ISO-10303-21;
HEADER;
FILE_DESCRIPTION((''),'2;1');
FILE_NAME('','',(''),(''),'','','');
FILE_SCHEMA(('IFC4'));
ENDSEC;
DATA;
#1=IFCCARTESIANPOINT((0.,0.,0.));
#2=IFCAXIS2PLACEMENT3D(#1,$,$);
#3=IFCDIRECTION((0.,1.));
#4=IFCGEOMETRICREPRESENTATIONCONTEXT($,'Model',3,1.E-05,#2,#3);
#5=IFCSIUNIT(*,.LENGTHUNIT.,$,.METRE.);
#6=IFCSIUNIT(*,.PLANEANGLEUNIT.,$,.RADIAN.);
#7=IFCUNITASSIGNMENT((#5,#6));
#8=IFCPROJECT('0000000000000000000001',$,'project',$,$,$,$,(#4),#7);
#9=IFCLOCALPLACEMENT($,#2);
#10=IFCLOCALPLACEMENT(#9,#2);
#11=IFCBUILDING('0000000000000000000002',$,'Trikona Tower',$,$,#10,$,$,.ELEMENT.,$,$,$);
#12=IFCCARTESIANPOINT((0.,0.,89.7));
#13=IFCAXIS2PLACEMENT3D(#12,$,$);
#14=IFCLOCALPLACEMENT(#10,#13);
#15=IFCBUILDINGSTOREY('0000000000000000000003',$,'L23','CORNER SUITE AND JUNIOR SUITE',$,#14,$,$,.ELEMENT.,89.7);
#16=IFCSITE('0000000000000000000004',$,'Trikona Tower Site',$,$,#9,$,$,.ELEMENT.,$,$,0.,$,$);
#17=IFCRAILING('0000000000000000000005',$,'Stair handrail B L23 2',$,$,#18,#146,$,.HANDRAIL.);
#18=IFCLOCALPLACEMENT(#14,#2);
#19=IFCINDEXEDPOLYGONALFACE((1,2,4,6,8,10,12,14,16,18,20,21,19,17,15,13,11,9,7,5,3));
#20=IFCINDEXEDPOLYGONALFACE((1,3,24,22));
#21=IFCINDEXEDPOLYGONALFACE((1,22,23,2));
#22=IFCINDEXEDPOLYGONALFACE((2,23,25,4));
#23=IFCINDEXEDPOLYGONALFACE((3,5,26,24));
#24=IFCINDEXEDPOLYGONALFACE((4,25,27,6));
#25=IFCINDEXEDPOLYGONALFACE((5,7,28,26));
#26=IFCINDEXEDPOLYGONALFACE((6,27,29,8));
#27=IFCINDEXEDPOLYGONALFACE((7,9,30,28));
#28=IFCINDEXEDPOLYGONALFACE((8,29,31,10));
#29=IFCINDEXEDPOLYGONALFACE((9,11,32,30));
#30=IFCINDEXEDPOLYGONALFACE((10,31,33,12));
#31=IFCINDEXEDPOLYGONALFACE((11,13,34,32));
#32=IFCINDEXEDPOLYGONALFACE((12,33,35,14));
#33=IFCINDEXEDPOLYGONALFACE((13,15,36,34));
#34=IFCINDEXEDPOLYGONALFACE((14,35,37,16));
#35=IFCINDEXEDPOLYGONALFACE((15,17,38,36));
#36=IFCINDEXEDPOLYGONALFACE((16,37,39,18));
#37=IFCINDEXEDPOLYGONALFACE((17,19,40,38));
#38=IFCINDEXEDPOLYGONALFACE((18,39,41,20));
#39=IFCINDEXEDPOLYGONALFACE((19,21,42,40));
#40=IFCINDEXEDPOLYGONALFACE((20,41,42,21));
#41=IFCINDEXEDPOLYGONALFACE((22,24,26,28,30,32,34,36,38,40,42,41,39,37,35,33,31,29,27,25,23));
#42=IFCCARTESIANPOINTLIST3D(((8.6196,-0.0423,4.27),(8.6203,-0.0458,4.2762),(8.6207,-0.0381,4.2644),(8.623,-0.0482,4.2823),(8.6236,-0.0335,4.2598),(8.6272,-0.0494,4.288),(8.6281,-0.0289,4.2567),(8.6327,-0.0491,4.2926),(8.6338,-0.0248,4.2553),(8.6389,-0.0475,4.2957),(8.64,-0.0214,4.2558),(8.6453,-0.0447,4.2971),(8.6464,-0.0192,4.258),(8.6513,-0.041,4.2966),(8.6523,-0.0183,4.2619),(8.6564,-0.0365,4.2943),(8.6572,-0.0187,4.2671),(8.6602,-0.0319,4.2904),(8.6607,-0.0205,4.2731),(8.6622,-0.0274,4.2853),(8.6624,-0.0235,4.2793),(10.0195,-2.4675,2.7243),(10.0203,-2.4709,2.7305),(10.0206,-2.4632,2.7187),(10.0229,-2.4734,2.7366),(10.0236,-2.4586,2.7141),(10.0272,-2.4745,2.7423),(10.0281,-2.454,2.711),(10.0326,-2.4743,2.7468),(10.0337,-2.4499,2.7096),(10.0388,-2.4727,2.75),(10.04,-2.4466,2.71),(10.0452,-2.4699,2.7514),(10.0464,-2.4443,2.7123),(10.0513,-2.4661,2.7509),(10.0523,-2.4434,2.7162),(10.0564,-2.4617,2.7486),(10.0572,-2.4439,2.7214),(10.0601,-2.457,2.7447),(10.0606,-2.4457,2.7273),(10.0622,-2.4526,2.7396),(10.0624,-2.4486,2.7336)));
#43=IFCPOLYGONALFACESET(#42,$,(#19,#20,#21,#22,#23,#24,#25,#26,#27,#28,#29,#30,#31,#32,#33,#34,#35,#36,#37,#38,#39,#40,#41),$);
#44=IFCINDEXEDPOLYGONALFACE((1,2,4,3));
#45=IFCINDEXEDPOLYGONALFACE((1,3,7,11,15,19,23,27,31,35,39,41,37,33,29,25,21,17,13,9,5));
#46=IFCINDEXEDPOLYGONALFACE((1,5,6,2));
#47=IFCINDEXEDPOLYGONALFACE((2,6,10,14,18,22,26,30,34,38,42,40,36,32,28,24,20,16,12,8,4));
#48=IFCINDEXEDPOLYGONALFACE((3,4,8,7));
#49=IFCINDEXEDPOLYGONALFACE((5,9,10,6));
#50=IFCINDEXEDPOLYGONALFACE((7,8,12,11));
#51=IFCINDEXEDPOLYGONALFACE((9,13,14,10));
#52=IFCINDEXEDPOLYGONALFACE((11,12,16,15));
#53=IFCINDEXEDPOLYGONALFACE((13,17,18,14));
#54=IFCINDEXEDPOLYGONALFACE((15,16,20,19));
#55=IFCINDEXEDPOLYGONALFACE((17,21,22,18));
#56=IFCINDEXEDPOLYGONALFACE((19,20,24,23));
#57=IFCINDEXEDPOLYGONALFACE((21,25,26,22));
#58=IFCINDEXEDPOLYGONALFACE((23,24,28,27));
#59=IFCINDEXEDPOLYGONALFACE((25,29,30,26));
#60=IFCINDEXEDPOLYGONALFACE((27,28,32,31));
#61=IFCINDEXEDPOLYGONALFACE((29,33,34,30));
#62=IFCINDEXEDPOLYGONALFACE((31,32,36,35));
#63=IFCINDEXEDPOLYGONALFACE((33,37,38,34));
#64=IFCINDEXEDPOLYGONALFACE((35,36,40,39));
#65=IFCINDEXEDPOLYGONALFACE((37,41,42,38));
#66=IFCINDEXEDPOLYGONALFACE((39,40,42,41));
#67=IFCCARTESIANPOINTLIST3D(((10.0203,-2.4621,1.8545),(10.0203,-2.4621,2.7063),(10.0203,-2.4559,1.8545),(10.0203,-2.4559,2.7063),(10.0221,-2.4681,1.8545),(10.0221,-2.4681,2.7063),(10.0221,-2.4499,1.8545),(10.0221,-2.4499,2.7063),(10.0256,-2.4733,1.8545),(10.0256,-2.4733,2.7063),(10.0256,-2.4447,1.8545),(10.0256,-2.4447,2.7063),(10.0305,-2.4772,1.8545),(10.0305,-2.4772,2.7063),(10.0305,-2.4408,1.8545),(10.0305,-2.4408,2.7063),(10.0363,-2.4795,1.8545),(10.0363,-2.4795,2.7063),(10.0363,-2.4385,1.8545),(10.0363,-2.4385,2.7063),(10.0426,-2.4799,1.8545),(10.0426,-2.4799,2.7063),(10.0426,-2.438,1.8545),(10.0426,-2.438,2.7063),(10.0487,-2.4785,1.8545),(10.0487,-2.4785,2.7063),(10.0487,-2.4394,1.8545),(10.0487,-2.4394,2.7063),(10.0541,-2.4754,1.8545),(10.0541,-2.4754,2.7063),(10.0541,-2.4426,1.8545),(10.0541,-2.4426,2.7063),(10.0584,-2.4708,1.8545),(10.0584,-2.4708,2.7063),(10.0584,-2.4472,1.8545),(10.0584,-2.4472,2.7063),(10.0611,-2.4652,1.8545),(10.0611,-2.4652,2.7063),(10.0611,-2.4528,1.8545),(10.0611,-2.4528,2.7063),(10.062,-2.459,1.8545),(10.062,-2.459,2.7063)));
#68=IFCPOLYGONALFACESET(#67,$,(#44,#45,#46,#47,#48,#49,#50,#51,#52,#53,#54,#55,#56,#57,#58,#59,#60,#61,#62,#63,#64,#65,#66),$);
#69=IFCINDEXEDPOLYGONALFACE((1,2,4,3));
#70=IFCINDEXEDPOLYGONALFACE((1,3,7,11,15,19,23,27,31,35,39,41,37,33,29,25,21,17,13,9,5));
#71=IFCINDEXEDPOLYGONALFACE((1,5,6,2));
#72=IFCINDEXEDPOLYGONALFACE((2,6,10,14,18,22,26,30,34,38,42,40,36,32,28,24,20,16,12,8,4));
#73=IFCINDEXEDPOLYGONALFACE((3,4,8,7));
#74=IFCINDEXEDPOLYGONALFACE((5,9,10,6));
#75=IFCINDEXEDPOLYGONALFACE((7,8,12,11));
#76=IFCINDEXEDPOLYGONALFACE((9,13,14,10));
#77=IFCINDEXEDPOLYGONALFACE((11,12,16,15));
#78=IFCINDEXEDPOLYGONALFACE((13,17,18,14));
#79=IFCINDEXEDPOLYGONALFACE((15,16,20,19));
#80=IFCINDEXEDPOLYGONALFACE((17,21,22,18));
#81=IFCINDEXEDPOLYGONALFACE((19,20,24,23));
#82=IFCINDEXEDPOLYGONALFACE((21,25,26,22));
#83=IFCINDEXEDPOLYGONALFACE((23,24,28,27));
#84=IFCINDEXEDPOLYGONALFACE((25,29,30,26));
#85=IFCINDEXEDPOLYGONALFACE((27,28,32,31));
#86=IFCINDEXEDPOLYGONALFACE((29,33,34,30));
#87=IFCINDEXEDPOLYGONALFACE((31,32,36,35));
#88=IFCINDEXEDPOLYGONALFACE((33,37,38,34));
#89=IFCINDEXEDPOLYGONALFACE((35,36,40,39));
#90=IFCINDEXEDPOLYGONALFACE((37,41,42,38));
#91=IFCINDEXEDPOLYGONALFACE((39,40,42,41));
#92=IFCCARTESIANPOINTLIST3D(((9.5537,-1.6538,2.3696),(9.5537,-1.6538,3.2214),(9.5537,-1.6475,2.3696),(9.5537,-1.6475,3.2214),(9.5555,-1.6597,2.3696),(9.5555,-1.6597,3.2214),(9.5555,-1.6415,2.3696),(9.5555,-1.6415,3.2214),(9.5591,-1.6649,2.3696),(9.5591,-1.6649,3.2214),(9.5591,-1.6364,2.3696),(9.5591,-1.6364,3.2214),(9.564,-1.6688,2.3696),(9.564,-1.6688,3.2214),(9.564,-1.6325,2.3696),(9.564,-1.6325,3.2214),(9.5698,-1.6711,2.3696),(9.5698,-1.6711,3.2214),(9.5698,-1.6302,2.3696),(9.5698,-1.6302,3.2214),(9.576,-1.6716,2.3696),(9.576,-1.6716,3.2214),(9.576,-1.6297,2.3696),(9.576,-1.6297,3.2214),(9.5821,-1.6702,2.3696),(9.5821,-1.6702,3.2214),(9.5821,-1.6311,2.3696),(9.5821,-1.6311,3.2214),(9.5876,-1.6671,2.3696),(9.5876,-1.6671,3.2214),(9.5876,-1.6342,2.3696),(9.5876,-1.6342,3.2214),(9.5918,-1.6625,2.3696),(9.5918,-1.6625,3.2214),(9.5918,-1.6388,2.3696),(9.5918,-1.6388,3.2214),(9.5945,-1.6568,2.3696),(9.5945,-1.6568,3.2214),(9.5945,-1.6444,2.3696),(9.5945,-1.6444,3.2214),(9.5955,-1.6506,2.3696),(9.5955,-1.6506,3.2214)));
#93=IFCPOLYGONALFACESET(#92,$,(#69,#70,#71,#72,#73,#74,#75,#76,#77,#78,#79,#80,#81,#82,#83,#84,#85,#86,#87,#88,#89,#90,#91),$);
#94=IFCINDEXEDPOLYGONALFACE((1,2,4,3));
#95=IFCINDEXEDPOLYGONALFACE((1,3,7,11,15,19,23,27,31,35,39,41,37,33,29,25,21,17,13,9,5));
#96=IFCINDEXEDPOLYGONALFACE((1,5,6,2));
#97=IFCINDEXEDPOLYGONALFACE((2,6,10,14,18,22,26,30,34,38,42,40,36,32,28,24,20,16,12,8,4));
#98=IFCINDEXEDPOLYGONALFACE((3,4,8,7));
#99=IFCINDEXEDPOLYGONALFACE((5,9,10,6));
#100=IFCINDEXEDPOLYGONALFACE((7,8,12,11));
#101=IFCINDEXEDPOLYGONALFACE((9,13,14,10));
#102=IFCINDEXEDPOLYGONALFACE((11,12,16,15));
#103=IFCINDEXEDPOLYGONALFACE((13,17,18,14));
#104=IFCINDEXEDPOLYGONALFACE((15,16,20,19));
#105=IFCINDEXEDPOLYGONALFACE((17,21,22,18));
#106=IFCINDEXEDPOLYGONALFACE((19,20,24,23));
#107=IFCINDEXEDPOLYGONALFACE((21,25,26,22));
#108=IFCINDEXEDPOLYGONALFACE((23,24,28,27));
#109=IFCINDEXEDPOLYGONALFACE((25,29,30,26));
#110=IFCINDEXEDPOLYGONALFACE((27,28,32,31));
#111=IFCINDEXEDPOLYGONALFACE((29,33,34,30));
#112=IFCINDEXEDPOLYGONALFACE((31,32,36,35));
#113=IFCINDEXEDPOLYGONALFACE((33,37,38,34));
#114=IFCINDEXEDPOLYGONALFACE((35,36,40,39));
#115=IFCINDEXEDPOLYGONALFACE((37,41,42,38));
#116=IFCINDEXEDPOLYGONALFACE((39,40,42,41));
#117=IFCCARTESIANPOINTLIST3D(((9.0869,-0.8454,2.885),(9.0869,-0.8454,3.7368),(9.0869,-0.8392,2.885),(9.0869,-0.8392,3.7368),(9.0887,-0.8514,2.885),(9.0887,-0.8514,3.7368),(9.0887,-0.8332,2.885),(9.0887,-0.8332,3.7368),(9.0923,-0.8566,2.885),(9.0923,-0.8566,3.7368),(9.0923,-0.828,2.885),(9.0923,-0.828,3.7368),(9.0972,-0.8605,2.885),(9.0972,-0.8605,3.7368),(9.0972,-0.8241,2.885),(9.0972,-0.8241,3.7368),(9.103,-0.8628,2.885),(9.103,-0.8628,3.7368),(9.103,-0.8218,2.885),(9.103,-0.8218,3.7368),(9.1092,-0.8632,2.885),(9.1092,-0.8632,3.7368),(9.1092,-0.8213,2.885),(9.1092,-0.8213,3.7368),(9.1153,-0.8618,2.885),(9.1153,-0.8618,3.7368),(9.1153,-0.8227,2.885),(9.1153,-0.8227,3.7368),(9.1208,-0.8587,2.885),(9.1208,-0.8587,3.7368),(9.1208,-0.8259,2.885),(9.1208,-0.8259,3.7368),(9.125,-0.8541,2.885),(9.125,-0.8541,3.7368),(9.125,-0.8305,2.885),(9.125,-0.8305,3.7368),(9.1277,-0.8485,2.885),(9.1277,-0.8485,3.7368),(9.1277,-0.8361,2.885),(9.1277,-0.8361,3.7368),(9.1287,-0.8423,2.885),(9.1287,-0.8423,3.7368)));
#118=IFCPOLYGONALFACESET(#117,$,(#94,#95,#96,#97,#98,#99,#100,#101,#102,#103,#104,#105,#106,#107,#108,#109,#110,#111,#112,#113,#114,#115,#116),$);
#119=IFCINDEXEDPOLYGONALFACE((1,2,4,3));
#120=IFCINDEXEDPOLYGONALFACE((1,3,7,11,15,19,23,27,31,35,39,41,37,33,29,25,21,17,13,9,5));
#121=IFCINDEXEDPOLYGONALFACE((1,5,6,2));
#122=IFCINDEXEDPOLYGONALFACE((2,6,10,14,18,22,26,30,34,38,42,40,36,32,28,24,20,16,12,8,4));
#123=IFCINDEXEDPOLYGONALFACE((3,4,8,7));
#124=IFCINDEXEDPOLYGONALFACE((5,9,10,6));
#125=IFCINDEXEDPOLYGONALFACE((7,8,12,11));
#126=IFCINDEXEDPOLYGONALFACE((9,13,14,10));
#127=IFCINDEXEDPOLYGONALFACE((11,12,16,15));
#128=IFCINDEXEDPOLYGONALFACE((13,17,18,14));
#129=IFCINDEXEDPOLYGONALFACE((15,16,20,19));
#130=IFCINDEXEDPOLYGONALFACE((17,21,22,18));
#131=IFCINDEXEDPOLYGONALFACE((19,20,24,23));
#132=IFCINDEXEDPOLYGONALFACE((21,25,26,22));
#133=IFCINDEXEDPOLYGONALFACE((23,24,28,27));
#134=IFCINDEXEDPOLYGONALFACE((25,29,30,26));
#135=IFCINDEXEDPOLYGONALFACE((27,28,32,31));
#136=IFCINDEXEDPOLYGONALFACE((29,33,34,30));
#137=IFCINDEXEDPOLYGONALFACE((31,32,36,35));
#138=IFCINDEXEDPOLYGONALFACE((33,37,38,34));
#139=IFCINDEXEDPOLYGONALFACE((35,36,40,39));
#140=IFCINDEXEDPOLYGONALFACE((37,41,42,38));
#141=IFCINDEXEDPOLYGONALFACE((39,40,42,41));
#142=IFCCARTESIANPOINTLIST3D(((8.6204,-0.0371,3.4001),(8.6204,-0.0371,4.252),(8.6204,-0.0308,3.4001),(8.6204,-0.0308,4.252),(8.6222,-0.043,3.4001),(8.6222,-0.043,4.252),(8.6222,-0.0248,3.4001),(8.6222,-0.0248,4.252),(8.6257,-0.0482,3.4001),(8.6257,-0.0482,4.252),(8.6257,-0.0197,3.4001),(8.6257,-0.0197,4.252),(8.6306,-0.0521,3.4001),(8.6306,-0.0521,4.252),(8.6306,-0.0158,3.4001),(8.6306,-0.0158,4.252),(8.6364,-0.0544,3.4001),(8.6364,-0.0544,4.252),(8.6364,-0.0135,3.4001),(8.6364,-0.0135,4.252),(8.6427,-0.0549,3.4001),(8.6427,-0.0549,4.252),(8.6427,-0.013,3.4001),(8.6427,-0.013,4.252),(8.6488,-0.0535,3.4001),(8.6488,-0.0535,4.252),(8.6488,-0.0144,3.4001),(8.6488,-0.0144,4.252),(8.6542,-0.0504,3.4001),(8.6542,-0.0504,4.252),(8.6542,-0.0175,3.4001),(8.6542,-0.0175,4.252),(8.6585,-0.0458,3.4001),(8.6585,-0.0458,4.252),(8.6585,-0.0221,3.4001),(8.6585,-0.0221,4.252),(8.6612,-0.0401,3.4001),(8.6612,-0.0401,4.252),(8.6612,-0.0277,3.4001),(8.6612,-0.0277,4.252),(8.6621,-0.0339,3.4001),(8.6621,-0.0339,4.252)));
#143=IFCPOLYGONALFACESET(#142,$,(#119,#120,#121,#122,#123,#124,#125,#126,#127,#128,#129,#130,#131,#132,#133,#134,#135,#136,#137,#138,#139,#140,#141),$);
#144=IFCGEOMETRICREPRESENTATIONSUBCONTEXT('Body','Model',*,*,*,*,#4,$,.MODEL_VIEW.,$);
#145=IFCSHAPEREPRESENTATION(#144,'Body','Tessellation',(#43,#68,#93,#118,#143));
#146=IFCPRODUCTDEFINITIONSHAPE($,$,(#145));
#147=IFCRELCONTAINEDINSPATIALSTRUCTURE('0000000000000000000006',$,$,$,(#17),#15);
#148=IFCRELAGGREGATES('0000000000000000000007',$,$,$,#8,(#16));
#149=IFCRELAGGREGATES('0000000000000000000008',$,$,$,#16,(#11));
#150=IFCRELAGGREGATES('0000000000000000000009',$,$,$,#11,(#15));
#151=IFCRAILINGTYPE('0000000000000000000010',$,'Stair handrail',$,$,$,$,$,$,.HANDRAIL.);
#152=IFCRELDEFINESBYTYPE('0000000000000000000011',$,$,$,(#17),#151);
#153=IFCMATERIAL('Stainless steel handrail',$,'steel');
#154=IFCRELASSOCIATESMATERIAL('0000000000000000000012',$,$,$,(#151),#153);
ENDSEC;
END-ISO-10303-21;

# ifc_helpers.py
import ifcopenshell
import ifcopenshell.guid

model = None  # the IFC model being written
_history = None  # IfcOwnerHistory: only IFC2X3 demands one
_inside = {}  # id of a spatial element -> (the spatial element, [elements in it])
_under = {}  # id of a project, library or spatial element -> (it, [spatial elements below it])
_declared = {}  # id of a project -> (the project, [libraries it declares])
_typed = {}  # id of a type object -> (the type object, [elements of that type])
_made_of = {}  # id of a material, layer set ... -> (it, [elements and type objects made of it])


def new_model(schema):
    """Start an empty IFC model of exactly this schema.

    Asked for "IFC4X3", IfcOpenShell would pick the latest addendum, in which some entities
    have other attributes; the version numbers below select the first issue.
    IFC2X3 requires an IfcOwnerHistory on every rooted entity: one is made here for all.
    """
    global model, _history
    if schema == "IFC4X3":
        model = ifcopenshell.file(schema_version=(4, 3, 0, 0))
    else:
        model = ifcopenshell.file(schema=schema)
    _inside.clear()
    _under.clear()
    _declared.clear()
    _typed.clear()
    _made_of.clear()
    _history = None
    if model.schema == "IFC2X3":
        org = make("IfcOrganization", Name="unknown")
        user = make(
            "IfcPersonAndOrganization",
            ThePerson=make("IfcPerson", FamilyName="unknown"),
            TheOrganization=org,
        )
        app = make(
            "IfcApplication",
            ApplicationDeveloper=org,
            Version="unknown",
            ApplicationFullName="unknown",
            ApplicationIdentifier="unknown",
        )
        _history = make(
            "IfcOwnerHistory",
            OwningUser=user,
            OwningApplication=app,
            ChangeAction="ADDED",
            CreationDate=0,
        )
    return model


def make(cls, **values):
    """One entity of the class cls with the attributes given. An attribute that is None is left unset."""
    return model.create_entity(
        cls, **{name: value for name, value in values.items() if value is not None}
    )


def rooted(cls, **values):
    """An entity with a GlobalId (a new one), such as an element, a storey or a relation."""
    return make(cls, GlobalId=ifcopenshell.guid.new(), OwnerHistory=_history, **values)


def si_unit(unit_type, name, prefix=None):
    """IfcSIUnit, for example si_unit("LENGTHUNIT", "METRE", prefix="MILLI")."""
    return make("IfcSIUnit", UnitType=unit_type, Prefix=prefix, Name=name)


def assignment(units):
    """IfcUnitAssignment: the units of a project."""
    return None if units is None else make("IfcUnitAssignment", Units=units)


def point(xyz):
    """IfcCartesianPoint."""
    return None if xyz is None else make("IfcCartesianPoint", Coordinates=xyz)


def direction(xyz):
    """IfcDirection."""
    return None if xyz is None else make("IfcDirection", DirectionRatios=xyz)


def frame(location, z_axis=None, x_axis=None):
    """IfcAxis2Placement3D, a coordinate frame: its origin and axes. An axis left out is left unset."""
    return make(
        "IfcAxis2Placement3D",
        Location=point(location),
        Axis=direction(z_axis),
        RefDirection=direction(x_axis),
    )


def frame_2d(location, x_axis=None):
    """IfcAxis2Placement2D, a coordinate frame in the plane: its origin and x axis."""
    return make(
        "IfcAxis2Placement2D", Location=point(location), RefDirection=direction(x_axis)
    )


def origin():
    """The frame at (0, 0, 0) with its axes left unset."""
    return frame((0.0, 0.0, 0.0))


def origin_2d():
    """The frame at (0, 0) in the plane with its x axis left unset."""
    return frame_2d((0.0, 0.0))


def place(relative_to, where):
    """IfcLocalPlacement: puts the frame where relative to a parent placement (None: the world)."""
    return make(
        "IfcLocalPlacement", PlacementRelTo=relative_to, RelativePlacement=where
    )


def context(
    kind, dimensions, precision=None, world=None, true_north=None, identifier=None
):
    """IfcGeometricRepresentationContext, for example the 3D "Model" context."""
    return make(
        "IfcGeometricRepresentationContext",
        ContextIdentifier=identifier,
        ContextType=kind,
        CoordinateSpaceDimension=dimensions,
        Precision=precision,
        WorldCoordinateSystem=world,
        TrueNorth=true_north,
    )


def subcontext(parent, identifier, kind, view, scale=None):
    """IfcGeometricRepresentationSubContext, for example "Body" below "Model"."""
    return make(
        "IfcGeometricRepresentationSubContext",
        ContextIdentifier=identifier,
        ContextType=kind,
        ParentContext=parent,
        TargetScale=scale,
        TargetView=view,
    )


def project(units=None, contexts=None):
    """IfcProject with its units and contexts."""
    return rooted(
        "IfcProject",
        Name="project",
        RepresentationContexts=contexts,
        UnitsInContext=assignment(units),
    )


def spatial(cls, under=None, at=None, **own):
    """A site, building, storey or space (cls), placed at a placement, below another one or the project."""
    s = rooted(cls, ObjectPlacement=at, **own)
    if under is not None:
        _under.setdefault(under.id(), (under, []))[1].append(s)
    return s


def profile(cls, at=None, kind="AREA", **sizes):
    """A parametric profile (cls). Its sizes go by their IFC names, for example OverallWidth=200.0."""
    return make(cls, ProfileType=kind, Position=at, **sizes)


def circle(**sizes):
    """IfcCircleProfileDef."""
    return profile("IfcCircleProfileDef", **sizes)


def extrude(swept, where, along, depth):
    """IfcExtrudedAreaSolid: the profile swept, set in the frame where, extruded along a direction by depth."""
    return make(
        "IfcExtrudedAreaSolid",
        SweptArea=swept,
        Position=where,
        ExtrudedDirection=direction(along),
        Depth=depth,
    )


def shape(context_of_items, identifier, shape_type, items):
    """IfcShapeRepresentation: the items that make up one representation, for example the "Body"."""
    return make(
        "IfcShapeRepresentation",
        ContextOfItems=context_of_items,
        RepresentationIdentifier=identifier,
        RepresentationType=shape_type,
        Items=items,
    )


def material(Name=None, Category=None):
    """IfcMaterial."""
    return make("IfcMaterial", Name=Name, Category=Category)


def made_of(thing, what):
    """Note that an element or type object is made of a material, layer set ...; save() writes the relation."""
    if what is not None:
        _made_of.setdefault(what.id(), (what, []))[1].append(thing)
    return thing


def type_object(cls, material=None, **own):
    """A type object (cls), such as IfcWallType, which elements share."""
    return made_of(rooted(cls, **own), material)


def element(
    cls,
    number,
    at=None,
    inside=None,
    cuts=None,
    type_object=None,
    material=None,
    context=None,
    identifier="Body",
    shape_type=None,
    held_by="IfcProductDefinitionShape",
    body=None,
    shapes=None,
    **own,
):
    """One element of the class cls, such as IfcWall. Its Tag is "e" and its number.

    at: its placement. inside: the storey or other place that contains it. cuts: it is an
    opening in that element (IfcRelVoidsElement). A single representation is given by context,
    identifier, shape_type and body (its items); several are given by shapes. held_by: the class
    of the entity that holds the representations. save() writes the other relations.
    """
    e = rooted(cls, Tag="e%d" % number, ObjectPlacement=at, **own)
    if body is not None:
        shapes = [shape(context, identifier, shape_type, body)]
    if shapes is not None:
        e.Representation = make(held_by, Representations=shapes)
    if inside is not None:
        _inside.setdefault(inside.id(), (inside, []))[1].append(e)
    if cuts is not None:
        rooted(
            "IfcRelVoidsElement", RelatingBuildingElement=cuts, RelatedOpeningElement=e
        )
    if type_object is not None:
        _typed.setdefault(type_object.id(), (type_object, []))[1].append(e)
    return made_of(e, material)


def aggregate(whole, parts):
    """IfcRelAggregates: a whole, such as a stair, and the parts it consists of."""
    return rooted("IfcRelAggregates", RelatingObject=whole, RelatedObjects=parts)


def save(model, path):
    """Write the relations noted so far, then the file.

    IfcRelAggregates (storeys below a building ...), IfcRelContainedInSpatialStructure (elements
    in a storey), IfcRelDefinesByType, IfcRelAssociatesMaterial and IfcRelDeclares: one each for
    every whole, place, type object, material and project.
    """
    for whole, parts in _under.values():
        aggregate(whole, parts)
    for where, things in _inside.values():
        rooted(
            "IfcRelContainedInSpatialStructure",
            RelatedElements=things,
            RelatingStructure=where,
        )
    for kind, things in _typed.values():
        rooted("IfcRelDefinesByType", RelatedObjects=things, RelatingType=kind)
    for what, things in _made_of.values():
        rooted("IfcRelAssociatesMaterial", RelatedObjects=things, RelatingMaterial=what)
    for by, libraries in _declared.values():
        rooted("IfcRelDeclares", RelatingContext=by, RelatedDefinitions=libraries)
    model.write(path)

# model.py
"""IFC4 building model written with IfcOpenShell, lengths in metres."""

from ifc_helpers import new_model, si_unit, direction, frame, origin, origin_2d, place, context, subcontext, project, spatial, circle, extrude, material, type_object, element, save


model = new_model("IFC4")

# Units and contexts
model_context = context("Model", 3, precision=1e-05, world=origin(), true_north=direction((0.0, 1.0)))
body_context = subcontext(model_context, "Body", "Model", "MODEL_VIEW")
ifc_project = project(units=[si_unit("LENGTHUNIT", "METRE"), si_unit("PLANEANGLEUNIT", "RADIAN")], contexts=[model_context])

# Site, building, storey
site_placement = place(None, origin())
site = spatial("IfcSite", under=ifc_project, at=site_placement, Name="Trikona Tower Site", CompositionType="ELEMENT", RefElevation=0.0)
building_placement = place(site_placement, origin())
building = spatial("IfcBuilding", under=site, at=building_placement, Name="Trikona Tower", CompositionType="ELEMENT")
storey_placement = place(building_placement, frame((0.0, 0.0, 89.7)))
storey = spatial("IfcBuildingStorey", under=building, at=storey_placement, Name="L23", Description="CORNER SUITE AND JUNIOR SUITE", CompositionType="ELEMENT", Elevation=89.7)

# Railing
ifc_material_1 = material(Name="Stainless steel handrail", Category="steel")
railing_type = type_object("IfcRailingType", Name="Stair handrail", PredefinedType="HANDRAIL", material=ifc_material_1)
railing_placement = place(storey_placement, frame((10.041, -2.459, 1.8545)))
element("IfcRailing", 1, at=railing_placement, inside=storey, type_object=railing_type, Name="Stair handrail B L23 2", PredefinedType="HANDRAIL", context=body_context, shape_type="SweptSolid", body=[
    extrude(circle(Radius=0.0239, at=origin_2d()), frame((0.0, 0.0, 0.876), z_axis=(-0.437691, 0.758212, 0.483262), x_axis=(-0.866056, -0.499946, 0.0)), (0.0, 0.0, 1.0), 3.1985),
    extrude(circle(Radius=0.021, at=origin_2d()), origin(), (0.0, 0.0, 1.0), 0.8518),
    extrude(circle(Radius=0.021, at=origin_2d()), frame((-0.4666, 0.8083, 0.5151)), (0.0, 0.0, 1.0), 0.8518),
    extrude(circle(Radius=0.021, at=origin_2d()), frame((-0.9333, 1.6167, 1.0305)), (0.0, 0.0, 1.0), 0.8518),
    extrude(circle(Radius=0.021, at=origin_2d()), frame((-1.3999, 2.425, 1.5457)), (0.0, 0.0, 1.0), 0.8518),
])

save(model, "model.ifc")
